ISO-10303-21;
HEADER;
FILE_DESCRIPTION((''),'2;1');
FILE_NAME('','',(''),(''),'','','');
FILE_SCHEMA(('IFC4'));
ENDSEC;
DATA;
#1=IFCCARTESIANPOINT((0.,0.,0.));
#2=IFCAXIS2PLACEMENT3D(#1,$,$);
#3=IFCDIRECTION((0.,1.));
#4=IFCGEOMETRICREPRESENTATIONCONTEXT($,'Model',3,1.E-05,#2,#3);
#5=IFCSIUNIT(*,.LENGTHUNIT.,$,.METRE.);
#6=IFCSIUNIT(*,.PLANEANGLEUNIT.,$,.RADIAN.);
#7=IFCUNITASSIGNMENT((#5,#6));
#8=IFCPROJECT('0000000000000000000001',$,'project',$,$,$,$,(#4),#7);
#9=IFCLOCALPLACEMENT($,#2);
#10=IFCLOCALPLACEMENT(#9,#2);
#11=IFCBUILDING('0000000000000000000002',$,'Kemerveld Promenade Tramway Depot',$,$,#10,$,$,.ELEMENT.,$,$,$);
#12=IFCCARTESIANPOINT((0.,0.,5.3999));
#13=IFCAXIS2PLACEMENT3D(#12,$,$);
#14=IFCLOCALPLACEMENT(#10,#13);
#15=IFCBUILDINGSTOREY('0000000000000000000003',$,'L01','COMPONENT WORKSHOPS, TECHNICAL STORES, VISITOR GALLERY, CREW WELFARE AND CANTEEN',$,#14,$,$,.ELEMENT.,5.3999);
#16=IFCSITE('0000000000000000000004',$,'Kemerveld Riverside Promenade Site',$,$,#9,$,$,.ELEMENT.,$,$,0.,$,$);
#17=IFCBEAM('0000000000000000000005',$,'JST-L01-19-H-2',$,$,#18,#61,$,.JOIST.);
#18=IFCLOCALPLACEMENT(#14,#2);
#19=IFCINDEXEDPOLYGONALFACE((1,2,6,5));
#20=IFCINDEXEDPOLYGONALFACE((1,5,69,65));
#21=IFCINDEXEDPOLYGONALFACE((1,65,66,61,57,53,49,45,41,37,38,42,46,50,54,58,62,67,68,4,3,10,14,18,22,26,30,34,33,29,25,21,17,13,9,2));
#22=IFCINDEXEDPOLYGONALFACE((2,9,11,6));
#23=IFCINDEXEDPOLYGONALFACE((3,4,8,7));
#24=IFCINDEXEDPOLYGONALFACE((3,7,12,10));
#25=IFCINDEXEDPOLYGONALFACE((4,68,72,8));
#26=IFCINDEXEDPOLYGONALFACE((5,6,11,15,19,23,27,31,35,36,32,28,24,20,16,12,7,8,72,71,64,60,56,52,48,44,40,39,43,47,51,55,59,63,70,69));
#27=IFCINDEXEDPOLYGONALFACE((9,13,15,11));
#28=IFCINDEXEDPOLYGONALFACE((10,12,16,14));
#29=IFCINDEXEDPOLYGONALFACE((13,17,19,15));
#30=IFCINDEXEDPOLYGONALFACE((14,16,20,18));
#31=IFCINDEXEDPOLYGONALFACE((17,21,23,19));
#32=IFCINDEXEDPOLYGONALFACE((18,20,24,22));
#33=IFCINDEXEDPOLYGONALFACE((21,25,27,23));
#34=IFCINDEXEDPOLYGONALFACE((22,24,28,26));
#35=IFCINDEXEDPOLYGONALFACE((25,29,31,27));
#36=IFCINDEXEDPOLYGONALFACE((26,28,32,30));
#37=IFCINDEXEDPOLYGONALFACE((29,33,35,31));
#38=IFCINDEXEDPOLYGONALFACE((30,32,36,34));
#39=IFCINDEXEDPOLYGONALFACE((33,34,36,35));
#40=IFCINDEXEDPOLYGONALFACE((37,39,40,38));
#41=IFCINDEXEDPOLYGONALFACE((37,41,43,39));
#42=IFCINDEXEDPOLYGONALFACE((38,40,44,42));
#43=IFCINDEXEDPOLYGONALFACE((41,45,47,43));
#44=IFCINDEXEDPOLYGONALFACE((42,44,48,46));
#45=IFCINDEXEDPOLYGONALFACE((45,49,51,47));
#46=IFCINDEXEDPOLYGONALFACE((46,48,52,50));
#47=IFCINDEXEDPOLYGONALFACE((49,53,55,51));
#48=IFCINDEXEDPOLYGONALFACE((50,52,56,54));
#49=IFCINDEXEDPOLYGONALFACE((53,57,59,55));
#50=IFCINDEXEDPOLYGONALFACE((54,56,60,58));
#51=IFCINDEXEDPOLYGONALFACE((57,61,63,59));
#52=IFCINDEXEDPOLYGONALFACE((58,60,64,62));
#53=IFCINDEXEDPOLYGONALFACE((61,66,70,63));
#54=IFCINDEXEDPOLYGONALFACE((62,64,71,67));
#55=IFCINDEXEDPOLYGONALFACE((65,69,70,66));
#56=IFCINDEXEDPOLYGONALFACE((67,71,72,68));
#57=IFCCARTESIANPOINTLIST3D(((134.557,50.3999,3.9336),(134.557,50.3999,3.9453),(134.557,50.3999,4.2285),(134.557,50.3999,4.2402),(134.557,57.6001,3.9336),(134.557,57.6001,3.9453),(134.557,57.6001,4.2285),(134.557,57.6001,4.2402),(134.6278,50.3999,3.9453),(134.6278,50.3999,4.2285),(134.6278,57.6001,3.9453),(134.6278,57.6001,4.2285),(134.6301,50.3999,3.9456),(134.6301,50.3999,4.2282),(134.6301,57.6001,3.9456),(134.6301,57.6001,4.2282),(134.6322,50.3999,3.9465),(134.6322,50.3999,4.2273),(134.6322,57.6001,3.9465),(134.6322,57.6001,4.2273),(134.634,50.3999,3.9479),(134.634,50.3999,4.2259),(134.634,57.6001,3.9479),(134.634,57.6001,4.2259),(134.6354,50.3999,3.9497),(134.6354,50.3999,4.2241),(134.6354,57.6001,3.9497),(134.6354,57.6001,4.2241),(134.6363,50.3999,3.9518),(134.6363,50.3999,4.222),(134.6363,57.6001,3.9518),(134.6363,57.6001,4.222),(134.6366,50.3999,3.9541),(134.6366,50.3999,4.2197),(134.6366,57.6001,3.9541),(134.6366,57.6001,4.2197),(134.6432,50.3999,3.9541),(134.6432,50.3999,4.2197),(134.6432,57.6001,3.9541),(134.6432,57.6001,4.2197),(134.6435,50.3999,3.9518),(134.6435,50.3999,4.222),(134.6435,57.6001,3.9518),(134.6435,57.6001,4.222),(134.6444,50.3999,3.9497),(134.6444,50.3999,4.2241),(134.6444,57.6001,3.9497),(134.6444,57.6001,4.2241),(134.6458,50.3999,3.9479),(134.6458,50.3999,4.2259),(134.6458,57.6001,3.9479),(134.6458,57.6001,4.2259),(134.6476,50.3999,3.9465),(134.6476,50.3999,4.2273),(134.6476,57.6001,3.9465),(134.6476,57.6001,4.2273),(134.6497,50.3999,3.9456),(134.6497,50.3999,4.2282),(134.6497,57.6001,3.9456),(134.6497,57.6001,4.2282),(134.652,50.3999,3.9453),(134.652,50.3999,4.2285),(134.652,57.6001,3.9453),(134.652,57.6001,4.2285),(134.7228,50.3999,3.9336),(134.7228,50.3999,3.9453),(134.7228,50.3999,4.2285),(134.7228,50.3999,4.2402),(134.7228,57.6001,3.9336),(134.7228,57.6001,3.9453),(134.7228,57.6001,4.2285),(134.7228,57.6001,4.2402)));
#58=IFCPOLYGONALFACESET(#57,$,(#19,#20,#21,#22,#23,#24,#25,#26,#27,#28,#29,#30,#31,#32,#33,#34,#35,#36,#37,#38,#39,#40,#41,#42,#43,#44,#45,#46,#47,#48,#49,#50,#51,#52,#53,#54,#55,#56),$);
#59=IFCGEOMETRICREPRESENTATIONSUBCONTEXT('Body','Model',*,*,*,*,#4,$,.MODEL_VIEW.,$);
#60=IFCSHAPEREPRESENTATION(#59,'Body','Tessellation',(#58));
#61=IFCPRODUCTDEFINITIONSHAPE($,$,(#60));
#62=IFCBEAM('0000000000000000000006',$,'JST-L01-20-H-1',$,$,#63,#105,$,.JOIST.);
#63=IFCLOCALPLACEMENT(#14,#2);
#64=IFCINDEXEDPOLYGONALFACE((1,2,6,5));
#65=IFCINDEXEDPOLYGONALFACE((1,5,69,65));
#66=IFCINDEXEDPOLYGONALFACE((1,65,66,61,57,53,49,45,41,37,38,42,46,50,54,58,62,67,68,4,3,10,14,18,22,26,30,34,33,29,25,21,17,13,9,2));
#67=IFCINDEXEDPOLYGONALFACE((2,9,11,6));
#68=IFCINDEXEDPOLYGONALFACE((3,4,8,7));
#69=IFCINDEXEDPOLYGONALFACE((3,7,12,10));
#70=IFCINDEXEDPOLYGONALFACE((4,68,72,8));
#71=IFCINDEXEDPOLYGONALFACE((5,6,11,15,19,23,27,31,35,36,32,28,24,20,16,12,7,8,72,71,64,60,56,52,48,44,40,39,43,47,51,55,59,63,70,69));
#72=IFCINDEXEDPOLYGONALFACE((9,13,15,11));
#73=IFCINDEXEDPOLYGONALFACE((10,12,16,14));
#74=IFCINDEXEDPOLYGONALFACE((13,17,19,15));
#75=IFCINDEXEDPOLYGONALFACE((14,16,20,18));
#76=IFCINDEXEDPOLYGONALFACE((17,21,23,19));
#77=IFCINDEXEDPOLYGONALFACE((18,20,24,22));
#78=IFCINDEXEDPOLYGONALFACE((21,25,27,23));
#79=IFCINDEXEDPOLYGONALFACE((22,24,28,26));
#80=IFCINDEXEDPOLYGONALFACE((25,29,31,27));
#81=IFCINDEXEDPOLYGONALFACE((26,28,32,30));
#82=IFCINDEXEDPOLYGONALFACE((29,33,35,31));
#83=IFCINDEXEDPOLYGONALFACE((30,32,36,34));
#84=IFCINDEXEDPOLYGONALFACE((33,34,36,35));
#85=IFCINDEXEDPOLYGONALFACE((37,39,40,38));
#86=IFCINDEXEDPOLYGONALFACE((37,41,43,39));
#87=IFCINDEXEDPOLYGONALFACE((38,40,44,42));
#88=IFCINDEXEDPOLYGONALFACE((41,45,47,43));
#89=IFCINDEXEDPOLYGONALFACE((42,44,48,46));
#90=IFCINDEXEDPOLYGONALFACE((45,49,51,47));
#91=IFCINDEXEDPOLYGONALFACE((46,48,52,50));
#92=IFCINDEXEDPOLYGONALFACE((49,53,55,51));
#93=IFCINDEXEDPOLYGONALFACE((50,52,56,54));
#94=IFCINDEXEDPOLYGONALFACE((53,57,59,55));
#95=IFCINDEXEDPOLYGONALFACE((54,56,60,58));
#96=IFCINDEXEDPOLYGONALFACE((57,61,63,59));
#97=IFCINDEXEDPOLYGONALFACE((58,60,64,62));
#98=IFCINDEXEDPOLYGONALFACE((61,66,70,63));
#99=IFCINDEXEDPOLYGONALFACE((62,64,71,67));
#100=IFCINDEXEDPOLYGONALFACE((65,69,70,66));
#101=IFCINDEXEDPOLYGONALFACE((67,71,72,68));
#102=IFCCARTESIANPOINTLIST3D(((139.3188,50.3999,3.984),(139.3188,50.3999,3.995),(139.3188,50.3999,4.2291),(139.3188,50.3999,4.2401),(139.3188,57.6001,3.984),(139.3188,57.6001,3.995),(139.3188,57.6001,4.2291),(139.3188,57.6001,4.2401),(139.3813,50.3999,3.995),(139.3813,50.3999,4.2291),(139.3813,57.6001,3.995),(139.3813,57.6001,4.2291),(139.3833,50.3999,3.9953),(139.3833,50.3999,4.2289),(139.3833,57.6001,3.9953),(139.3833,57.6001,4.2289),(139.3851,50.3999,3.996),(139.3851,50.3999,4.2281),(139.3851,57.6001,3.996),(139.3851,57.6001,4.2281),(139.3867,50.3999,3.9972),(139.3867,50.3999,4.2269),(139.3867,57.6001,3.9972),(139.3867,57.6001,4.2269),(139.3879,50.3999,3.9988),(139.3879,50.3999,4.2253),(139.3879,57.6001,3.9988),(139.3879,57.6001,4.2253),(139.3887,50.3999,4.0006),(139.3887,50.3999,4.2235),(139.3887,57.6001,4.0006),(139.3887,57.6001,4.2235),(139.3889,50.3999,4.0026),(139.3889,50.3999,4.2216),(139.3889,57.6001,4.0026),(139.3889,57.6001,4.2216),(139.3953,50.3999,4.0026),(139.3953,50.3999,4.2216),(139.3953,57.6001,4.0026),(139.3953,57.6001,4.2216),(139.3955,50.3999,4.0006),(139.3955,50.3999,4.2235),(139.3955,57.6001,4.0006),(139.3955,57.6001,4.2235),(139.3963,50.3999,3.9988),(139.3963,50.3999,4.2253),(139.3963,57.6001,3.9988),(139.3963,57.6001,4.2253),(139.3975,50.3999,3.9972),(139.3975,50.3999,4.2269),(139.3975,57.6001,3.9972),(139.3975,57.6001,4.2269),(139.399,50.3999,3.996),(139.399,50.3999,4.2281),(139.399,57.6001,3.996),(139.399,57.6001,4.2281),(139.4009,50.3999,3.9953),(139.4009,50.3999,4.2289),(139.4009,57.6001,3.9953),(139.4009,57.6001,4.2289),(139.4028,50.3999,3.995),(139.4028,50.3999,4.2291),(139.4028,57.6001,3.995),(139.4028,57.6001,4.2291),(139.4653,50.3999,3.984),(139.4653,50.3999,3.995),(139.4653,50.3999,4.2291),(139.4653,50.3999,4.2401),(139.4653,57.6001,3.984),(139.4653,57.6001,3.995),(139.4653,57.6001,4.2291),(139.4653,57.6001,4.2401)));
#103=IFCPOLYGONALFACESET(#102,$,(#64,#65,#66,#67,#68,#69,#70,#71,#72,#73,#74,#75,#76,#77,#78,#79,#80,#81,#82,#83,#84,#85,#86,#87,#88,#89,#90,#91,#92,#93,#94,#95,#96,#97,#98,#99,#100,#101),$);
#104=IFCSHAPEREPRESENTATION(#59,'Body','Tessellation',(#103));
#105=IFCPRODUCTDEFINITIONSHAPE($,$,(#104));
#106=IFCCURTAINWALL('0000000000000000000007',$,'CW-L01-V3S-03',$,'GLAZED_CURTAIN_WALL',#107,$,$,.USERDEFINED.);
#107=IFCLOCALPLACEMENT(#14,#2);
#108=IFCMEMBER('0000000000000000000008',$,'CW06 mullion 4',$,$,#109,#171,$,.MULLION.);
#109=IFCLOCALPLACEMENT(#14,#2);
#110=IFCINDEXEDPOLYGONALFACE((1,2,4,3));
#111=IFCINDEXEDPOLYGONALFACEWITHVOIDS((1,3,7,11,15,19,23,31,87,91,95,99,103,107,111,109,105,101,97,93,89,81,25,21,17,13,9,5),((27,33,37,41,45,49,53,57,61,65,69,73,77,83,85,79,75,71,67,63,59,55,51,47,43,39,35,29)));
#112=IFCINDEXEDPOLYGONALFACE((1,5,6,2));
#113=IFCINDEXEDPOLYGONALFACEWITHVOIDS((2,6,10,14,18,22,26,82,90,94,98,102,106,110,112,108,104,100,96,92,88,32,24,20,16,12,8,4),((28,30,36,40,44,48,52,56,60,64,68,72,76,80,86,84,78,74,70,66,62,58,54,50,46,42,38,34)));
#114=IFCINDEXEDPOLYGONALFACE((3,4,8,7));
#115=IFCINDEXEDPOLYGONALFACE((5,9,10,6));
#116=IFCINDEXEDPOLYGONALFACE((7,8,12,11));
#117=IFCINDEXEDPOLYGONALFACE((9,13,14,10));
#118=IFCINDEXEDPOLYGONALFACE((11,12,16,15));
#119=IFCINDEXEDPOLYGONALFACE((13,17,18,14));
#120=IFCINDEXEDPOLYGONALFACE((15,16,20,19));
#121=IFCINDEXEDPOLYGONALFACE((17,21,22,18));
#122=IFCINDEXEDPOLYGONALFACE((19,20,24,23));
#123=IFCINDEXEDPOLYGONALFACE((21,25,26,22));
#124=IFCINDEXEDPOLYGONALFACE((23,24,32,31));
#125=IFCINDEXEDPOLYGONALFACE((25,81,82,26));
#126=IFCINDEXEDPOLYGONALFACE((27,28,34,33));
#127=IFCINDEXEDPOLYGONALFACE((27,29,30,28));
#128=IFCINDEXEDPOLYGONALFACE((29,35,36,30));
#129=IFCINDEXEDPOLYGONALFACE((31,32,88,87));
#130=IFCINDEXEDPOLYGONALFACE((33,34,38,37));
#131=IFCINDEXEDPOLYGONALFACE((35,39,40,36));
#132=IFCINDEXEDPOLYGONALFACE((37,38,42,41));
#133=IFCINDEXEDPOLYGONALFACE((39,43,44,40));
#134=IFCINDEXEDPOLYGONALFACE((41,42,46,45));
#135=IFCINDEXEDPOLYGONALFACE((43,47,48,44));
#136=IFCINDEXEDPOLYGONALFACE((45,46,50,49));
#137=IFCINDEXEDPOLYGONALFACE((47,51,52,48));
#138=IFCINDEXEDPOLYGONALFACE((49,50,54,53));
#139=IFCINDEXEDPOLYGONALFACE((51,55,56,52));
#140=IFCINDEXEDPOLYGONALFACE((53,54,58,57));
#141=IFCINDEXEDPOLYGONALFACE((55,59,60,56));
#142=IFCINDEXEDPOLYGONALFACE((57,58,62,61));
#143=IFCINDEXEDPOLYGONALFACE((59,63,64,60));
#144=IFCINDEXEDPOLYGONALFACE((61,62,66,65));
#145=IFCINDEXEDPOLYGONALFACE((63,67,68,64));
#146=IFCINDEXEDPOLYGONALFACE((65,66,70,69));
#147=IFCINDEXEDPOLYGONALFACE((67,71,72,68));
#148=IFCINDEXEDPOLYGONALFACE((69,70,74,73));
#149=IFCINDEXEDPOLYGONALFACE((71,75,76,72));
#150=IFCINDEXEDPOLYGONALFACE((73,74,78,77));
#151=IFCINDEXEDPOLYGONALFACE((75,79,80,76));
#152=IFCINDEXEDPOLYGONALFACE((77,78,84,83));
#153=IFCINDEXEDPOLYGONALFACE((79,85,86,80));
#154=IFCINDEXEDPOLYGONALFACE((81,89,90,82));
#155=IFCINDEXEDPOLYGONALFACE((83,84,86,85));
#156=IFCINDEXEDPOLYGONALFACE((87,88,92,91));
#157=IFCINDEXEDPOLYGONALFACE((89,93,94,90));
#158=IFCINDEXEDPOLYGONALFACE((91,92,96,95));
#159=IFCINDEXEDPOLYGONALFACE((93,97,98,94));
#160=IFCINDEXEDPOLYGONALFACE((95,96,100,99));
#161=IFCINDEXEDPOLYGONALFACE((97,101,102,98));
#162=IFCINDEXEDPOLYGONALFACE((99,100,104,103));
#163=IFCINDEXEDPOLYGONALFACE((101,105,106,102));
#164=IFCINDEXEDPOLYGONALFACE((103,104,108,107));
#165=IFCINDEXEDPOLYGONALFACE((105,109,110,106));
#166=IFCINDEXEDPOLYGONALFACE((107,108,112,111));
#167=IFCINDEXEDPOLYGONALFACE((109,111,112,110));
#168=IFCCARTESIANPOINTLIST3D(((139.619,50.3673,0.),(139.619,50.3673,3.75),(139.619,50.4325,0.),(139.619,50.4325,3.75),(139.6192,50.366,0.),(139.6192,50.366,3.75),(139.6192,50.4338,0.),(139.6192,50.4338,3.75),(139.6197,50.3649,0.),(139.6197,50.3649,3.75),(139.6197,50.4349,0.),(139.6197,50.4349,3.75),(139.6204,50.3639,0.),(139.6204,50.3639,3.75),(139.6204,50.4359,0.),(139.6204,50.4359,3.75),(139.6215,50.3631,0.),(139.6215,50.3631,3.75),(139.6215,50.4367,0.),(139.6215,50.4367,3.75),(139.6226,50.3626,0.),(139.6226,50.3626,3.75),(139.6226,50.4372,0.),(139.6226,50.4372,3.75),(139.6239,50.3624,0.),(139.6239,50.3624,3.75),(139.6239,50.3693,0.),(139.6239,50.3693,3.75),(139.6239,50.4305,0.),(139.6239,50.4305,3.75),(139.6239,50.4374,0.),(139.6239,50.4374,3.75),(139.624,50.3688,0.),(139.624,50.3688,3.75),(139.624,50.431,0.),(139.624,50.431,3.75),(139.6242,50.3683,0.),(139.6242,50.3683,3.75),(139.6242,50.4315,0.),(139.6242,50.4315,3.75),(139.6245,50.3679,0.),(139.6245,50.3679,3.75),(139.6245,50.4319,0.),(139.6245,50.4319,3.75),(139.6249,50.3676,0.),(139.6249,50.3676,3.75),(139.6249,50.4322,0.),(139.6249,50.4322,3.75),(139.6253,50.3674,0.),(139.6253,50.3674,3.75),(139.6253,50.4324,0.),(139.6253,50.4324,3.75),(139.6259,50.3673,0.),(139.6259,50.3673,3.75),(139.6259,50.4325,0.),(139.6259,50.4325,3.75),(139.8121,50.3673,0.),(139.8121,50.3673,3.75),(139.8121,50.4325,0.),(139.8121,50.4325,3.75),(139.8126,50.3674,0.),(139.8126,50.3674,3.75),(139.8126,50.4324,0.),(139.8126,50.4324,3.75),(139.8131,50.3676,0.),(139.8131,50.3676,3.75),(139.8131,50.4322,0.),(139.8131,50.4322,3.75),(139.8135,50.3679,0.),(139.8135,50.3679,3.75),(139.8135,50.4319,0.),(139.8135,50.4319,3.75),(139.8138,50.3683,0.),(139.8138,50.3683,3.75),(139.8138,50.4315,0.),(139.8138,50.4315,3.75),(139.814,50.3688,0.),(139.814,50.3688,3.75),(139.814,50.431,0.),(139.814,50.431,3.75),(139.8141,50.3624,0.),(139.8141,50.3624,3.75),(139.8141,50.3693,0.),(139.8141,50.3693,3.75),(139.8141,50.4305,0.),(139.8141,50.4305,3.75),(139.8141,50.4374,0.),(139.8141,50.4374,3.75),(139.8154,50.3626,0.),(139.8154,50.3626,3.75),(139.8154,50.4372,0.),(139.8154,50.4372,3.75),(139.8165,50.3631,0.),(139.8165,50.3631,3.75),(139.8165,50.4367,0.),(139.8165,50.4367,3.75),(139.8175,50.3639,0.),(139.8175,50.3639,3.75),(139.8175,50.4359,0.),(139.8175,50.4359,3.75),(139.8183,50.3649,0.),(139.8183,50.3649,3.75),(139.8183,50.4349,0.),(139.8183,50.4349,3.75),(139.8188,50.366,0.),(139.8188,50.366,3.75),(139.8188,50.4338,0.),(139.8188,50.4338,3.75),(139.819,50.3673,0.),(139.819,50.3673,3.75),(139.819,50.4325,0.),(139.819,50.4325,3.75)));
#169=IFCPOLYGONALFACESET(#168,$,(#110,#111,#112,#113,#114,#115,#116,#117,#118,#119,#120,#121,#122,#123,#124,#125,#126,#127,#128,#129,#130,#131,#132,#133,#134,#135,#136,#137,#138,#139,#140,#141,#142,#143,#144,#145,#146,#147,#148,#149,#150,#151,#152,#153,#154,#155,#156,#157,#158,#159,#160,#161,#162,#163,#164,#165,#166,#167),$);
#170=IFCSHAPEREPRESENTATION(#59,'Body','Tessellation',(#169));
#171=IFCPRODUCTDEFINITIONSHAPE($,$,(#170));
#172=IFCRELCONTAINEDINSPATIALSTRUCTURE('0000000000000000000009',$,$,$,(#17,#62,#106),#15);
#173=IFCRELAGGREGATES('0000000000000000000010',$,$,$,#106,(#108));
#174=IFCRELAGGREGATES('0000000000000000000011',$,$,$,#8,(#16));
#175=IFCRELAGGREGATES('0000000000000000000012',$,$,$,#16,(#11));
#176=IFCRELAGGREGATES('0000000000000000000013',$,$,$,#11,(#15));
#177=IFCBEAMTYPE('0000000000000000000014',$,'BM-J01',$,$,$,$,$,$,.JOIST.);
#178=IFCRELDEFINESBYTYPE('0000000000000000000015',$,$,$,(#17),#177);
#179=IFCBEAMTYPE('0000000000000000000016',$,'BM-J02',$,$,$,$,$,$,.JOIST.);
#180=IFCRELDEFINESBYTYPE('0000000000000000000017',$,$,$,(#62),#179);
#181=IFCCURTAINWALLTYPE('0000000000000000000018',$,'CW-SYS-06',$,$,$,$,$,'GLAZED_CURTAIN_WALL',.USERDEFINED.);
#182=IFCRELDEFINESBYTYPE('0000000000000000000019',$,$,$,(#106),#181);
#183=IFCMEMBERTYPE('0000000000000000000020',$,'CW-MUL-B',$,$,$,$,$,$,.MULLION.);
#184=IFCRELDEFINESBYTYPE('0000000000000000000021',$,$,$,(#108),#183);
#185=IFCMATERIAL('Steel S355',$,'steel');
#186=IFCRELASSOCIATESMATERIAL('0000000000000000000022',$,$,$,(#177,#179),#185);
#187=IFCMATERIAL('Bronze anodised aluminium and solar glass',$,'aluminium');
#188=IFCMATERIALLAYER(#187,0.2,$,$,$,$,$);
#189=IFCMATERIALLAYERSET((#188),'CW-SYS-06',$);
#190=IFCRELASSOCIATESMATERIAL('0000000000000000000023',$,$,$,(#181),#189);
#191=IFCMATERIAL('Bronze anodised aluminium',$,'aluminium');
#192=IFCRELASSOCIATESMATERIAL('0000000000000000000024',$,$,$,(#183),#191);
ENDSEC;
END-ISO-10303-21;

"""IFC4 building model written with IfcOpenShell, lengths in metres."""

from ifc_helpers import new_model, si_unit, direction, frame, origin, origin_2d, place, context, subcontext, project, spatial, hollow_rectangle, i_section, extrude, material, layer, layer_set, material_profile, profile_set, type_object, element, aggregate, save


model = new_model("IFC4")

# Units and contexts
model_context = context("Model", 3, precision=1e-05, world=origin(), true_north=direction((0.0, 1.0)))
body_context = subcontext(model_context, "Body", "Model", "MODEL_VIEW")
ifc_project = project(units=[si_unit("LENGTHUNIT", "METRE"), si_unit("PLANEANGLEUNIT", "RADIAN")], contexts=[model_context])

# Site, building, storey
site_placement = place(None, origin())
site = spatial("IfcSite", under=ifc_project, at=site_placement, Name="Kemerveld Riverside Promenade Site", CompositionType="ELEMENT", RefElevation=0.0)
building_placement = place(site_placement, origin())
building = spatial("IfcBuilding", under=site, at=building_placement, Name="Kemerveld Promenade Tramway Depot", CompositionType="ELEMENT")
storey_placement = place(building_placement, frame((0.0, 0.0, 5.3999)))
storey = spatial("IfcBuildingStorey", under=building, at=storey_placement, Name="L01", Description="COMPONENT WORKSHOPS, TECHNICAL STORES, VISITOR GALLERY, CREW WELFARE AND CANTEEN", CompositionType="ELEMENT", Elevation=5.3999)

# Beams
ifc_material_1 = material(Name="Steel S355", Category="steel")
ifc_material_profile_1 = material_profile(ifc_material_1, i_section(OverallWidth=0.1658, OverallDepth=0.3066, WebThickness=0.0066, FlangeThickness=0.0117, FilletRadius=0.0088, at=origin_2d()), Name="305x165x46 UB")
ifc_profile_set_1 = profile_set([ifc_material_profile_1], Name="Steel S355")
beam_type_1 = type_object("IfcBeamType", Name="BM-J01", PredefinedType="JOIST", material=ifc_profile_set_1)
for number, where, z_axis, x_axis, name in (
    (1, (134.6399, 50.3999, 4.0869), (0.0, 1.0, 0.0), (-1.0, 0.0, 0.0), "JST-L01-19-H-2"),
):
    element("IfcBeam", number, at=place(storey_placement, frame(where, z_axis=z_axis, x_axis=x_axis)), inside=storey, type_object=beam_type_1, Name=name, PredefinedType="JOIST", context=body_context, shape_type="SweptSolid", body=[
        extrude(i_section(OverallWidth=0.1658, OverallDepth=0.3066, WebThickness=0.0066, FlangeThickness=0.0117, FilletRadius=0.0088, at=origin_2d()), origin(), (0.0, 0.0, 1.0), 7.2002),
    ])
ifc_material_profile_2 = material_profile(ifc_material_1, i_section(OverallWidth=0.1465, OverallDepth=0.2561, WebThickness=0.0063, FlangeThickness=0.011, FilletRadius=0.0076, at=origin_2d()), Name="254x146x37 UB")
ifc_profile_set_2 = profile_set([ifc_material_profile_2], Name="Steel S355")
beam_type_2 = type_object("IfcBeamType", Name="BM-J02", PredefinedType="JOIST", material=ifc_profile_set_2)
beam_1_placement = place(storey_placement, frame((139.3921, 50.3999, 4.1121), z_axis=(0.0, 1.0, 0.0), x_axis=(-1.0, 0.0, 0.0)))
element("IfcBeam", 2, at=beam_1_placement, inside=storey, type_object=beam_type_2, Name="JST-L01-20-H-1", PredefinedType="JOIST", context=body_context, shape_type="SweptSolid", body=[
    extrude(i_section(OverallWidth=0.1465, OverallDepth=0.2561, WebThickness=0.0063, FlangeThickness=0.011, FilletRadius=0.0076, at=origin_2d()), origin(), (0.0, 0.0, 1.0), 7.2002),
])

# Curtain wall, member
ifc_material_2 = material(Name="Bronze anodised aluminium and solar glass", Category="aluminium")
ifc_layer_1 = layer(ifc_material_2, 0.2)
ifc_layer_set_1 = layer_set([ifc_layer_1], Name="CW-SYS-06")
curtain_wall_type = type_object("IfcCurtainWallType", Name="CW-SYS-06", ElementType="GLAZED_CURTAIN_WALL", PredefinedType="USERDEFINED", material=ifc_layer_set_1)
curtain_wall_placement = place(storey_placement, origin())
curtain_wall = element("IfcCurtainWall", 3, at=curtain_wall_placement, inside=storey, type_object=curtain_wall_type, Name="CW-L01-V3S-03", ObjectType="GLAZED_CURTAIN_WALL", PredefinedType="USERDEFINED")
ifc_material_3 = material(Name="Bronze anodised aluminium", Category="aluminium")
ifc_material_profile_3 = material_profile(ifc_material_3, hollow_rectangle(XDim=0.075, YDim=0.2, WallThickness=0.0049, InnerFilletRadius=0.002, OuterFilletRadius=0.0049, at=origin_2d()), Name="CW-MUL-200x75")
ifc_profile_set_3 = profile_set([ifc_material_profile_3], Name="Bronze anodised aluminium")
member_type_1 = type_object("IfcMemberType", Name="CW-MUL-B", PredefinedType="MULLION", material=ifc_profile_set_3)
member_1_placement = place(storey_placement, frame((139.719, 50.3999, 0.0), z_axis=(0.0, 0.0, 1.0), x_axis=(0.0, -1.0, 0.0)))
member_1 = element("IfcMember", 4, at=member_1_placement, type_object=member_type_1, Name="CW06 mullion 4", PredefinedType="MULLION", context=body_context, shape_type="SweptSolid", body=[
    extrude(hollow_rectangle(XDim=0.075, YDim=0.2, WallThickness=0.0049, InnerFilletRadius=0.002, OuterFilletRadius=0.0049, at=origin_2d()), origin(), (0.0, 0.0, 1.0), 3.75),
])
aggregate(curtain_wall, [member_1])

save(model, "model.ifc")
